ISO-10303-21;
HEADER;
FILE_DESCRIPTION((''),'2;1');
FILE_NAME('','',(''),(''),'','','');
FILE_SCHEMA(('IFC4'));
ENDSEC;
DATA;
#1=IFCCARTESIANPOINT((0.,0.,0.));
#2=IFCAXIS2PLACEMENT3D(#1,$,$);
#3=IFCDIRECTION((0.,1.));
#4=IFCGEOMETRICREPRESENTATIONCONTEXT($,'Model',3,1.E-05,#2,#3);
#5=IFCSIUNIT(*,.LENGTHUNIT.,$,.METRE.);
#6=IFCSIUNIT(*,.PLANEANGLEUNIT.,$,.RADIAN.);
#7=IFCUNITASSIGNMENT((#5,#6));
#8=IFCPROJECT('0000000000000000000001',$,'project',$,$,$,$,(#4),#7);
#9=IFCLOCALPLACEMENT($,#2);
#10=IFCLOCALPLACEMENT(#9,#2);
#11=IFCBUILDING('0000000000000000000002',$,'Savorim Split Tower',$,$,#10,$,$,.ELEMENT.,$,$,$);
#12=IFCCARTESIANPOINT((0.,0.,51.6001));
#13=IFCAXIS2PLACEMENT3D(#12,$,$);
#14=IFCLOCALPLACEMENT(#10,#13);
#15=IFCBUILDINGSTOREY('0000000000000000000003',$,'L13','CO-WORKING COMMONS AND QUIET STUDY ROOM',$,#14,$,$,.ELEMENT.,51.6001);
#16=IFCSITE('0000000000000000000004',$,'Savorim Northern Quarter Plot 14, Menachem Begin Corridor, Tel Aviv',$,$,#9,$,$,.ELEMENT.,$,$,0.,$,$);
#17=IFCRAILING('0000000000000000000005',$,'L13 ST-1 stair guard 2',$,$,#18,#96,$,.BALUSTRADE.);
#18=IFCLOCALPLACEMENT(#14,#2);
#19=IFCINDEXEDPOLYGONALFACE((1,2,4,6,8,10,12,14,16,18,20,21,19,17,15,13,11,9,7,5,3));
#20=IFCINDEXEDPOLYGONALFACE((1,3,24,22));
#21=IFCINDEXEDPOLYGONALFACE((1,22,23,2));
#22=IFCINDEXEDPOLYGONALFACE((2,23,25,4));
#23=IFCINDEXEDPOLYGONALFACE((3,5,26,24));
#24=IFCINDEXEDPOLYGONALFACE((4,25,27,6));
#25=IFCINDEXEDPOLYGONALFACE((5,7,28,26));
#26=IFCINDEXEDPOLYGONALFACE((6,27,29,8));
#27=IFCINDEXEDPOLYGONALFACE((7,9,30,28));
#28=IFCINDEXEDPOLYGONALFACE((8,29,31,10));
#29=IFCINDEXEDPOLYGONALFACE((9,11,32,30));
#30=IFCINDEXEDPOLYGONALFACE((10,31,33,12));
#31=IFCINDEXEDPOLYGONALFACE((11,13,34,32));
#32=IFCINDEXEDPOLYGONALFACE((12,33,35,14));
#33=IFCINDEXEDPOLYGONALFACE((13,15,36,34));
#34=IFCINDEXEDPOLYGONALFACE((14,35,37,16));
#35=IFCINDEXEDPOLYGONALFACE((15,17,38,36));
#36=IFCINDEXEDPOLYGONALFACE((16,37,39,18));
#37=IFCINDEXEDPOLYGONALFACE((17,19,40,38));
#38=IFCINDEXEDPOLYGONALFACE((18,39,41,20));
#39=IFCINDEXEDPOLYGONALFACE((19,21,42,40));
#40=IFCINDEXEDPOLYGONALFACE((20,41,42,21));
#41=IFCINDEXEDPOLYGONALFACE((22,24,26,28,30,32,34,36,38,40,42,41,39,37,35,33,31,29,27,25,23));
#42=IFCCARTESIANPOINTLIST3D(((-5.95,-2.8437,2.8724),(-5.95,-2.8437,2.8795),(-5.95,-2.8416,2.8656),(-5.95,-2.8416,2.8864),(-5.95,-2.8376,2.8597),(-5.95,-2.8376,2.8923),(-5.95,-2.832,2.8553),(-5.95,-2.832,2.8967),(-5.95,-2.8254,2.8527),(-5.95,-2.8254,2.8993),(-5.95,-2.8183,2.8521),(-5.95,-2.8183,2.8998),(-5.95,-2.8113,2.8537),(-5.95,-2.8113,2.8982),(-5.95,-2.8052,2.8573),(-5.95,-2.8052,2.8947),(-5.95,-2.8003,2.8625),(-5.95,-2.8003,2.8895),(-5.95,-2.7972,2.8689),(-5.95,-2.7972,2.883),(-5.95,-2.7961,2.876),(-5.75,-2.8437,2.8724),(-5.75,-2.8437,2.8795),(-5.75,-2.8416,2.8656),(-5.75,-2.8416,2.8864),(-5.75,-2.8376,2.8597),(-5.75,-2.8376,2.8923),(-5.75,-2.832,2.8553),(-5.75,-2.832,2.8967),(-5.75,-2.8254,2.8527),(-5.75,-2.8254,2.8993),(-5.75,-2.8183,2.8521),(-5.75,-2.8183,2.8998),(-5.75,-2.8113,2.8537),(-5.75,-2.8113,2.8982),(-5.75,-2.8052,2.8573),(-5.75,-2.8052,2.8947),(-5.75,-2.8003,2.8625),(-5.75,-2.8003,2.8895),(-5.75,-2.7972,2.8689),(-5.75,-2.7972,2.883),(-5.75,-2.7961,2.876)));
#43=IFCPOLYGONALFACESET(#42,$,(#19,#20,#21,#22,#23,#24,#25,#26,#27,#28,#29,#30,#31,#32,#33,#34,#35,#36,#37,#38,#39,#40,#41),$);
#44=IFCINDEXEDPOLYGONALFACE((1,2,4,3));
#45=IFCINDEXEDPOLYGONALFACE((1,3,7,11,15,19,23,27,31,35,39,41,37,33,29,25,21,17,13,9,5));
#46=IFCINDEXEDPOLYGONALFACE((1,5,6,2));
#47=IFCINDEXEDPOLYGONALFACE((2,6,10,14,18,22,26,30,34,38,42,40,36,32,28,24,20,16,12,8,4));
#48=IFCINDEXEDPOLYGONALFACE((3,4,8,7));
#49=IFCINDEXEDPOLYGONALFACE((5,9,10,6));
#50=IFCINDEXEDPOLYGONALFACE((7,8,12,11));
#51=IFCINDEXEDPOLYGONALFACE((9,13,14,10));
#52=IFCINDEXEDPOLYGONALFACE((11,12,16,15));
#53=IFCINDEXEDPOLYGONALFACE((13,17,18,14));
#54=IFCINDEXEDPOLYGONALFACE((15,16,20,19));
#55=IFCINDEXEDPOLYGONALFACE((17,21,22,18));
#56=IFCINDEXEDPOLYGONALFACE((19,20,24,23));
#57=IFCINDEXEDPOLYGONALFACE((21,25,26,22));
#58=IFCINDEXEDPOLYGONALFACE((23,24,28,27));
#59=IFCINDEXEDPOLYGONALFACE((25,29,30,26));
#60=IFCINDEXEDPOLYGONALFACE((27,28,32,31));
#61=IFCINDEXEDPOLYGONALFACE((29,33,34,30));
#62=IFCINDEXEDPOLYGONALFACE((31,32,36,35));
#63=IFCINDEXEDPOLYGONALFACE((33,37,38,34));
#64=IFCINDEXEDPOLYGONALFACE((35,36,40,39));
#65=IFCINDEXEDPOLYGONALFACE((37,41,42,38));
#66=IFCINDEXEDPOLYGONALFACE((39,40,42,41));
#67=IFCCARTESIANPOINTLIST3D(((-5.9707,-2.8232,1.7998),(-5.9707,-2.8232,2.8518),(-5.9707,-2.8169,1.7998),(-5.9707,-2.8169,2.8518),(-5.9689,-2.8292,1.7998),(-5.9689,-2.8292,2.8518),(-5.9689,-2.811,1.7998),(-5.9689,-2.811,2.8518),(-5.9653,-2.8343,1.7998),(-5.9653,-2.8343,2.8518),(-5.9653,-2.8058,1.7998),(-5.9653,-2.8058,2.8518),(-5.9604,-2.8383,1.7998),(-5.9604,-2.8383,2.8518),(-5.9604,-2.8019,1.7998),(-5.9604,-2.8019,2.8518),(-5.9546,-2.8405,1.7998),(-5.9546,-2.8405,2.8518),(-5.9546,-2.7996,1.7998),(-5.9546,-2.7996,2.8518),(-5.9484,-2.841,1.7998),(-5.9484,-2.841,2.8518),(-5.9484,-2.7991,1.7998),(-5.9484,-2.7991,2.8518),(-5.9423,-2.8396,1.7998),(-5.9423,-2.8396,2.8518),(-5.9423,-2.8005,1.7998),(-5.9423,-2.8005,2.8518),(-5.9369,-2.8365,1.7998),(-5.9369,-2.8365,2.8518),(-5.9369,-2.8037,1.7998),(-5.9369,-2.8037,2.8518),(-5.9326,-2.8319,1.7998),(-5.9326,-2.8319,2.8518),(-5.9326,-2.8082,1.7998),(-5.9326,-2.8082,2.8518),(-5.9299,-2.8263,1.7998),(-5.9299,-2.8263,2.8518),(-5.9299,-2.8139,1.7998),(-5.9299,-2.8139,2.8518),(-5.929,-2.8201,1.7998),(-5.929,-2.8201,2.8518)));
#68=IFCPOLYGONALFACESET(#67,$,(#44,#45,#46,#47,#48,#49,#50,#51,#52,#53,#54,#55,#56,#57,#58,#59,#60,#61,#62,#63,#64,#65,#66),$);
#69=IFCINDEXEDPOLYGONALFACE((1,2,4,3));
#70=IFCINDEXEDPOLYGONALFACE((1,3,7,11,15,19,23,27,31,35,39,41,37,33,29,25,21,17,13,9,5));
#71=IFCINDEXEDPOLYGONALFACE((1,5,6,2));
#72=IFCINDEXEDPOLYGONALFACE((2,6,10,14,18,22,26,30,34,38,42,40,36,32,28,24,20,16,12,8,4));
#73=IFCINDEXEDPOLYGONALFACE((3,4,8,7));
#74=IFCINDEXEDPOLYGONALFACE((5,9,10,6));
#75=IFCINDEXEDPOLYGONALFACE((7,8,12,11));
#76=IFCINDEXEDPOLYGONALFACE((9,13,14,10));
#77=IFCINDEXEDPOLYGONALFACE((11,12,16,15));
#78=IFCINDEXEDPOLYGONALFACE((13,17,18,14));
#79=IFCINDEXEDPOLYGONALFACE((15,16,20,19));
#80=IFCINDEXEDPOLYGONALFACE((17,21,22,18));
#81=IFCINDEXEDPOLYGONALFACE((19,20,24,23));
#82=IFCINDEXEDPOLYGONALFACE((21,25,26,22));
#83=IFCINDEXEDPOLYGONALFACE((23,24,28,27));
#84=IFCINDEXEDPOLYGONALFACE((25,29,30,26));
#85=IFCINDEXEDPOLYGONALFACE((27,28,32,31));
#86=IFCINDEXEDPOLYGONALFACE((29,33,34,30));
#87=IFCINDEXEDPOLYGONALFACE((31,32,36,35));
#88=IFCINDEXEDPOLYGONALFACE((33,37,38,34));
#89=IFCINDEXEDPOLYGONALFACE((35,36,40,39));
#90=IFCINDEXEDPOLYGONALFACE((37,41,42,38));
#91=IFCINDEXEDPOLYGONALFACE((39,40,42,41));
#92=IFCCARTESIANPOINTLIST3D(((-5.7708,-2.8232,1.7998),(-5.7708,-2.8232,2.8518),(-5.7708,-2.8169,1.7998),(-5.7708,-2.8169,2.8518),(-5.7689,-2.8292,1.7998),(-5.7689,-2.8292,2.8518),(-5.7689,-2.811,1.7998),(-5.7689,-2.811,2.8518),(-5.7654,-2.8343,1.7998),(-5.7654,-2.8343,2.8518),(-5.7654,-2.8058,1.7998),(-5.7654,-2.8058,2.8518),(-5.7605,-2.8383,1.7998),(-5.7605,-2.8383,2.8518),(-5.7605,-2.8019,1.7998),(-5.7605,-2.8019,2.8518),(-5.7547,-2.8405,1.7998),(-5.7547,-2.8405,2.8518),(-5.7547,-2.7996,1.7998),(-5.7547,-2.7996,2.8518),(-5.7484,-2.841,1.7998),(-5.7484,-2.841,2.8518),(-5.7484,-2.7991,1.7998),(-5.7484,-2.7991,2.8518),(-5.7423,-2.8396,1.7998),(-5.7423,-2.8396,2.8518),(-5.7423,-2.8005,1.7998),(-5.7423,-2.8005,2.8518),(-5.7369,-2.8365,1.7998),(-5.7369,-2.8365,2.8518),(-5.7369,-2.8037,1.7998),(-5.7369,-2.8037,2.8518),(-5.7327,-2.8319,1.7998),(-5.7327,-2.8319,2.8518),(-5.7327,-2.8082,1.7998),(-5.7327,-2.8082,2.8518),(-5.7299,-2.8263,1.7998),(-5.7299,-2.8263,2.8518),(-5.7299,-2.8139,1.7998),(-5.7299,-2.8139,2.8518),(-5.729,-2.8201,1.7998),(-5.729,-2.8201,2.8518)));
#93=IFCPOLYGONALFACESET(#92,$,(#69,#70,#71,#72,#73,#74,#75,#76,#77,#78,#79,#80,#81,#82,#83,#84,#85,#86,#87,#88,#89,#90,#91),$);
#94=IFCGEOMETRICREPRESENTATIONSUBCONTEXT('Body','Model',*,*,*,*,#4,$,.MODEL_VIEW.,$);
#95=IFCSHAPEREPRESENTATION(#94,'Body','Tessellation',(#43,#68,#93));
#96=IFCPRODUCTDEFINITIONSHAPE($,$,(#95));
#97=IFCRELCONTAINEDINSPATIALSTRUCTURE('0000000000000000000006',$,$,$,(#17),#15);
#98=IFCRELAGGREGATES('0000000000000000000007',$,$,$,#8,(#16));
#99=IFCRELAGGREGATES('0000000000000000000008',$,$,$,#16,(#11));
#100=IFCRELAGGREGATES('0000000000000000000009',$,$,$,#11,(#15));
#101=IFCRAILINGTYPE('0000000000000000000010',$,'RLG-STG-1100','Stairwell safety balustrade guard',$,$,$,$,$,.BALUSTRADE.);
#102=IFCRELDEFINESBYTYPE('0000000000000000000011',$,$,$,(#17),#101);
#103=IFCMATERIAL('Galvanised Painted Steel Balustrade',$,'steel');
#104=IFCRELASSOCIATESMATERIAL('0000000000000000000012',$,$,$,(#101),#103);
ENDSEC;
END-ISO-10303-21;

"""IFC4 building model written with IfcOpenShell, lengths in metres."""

from ifc_helpers import new_model, si_unit, direction, frame, origin, origin_2d, place, context, subcontext, project, spatial, circle, extrude, material, type_object, element, save


model = new_model("IFC4")

# Units and contexts
model_context = context("Model", 3, precision=1e-05, world=origin(), true_north=direction((0.0, 1.0)))
body_context = subcontext(model_context, "Body", "Model", "MODEL_VIEW")
ifc_project = project(units=[si_unit("LENGTHUNIT", "METRE"), si_unit("PLANEANGLEUNIT", "RADIAN")], contexts=[model_context])

# Site, building, storey
site_placement = place(None, origin())
site = spatial("IfcSite", under=ifc_project, at=site_placement, Name="Savorim Northern Quarter Plot 14, Menachem Begin Corridor, Tel Aviv", CompositionType="ELEMENT", RefElevation=0.0)
building_placement = place(site_placement, origin())
building = spatial("IfcBuilding", under=site, at=building_placement, Name="Savorim Split Tower", CompositionType="ELEMENT")
storey_placement = place(building_placement, frame((0.0, 0.0, 51.6001)))
storey = spatial("IfcBuildingStorey", under=building, at=storey_placement, Name="L13", Description="CO-WORKING COMMONS AND QUIET STUDY ROOM", CompositionType="ELEMENT", Elevation=51.6001)

# Railing
ifc_material_1 = material(Name="Galvanised Painted Steel Balustrade", Category="steel")
railing_type_1 = type_object("IfcRailingType", Name="RLG-STG-1100", Description="Stairwell safety balustrade guard", PredefinedType="BALUSTRADE", material=ifc_material_1)
railing_1_placement = place(storey_placement, frame((-5.95, -2.8201, 1.7998)))
element("IfcRailing", 1, at=railing_1_placement, inside=storey, type_object=railing_type_1, Name="L13 ST-1 stair guard 2", PredefinedType="BALUSTRADE", context=body_context, shape_type="SweptSolid", body=[
    extrude(circle(Radius=0.0239, at=origin_2d()), frame((0.0, 0.0, 1.0762), z_axis=(1.0, 0.0, 0.0), x_axis=(0.0, 1.0, 0.0)), (0.0, 0.0, 1.0), 0.2),
    extrude(circle(Radius=0.021, at=origin_2d()), origin(), (0.0, 0.0, 1.0), 1.052),
    extrude(circle(Radius=0.021, at=origin_2d()), frame((0.2, 0.0, 0.0)), (0.0, 0.0, 1.0), 1.052),
])

save(model, "model.ifc")
